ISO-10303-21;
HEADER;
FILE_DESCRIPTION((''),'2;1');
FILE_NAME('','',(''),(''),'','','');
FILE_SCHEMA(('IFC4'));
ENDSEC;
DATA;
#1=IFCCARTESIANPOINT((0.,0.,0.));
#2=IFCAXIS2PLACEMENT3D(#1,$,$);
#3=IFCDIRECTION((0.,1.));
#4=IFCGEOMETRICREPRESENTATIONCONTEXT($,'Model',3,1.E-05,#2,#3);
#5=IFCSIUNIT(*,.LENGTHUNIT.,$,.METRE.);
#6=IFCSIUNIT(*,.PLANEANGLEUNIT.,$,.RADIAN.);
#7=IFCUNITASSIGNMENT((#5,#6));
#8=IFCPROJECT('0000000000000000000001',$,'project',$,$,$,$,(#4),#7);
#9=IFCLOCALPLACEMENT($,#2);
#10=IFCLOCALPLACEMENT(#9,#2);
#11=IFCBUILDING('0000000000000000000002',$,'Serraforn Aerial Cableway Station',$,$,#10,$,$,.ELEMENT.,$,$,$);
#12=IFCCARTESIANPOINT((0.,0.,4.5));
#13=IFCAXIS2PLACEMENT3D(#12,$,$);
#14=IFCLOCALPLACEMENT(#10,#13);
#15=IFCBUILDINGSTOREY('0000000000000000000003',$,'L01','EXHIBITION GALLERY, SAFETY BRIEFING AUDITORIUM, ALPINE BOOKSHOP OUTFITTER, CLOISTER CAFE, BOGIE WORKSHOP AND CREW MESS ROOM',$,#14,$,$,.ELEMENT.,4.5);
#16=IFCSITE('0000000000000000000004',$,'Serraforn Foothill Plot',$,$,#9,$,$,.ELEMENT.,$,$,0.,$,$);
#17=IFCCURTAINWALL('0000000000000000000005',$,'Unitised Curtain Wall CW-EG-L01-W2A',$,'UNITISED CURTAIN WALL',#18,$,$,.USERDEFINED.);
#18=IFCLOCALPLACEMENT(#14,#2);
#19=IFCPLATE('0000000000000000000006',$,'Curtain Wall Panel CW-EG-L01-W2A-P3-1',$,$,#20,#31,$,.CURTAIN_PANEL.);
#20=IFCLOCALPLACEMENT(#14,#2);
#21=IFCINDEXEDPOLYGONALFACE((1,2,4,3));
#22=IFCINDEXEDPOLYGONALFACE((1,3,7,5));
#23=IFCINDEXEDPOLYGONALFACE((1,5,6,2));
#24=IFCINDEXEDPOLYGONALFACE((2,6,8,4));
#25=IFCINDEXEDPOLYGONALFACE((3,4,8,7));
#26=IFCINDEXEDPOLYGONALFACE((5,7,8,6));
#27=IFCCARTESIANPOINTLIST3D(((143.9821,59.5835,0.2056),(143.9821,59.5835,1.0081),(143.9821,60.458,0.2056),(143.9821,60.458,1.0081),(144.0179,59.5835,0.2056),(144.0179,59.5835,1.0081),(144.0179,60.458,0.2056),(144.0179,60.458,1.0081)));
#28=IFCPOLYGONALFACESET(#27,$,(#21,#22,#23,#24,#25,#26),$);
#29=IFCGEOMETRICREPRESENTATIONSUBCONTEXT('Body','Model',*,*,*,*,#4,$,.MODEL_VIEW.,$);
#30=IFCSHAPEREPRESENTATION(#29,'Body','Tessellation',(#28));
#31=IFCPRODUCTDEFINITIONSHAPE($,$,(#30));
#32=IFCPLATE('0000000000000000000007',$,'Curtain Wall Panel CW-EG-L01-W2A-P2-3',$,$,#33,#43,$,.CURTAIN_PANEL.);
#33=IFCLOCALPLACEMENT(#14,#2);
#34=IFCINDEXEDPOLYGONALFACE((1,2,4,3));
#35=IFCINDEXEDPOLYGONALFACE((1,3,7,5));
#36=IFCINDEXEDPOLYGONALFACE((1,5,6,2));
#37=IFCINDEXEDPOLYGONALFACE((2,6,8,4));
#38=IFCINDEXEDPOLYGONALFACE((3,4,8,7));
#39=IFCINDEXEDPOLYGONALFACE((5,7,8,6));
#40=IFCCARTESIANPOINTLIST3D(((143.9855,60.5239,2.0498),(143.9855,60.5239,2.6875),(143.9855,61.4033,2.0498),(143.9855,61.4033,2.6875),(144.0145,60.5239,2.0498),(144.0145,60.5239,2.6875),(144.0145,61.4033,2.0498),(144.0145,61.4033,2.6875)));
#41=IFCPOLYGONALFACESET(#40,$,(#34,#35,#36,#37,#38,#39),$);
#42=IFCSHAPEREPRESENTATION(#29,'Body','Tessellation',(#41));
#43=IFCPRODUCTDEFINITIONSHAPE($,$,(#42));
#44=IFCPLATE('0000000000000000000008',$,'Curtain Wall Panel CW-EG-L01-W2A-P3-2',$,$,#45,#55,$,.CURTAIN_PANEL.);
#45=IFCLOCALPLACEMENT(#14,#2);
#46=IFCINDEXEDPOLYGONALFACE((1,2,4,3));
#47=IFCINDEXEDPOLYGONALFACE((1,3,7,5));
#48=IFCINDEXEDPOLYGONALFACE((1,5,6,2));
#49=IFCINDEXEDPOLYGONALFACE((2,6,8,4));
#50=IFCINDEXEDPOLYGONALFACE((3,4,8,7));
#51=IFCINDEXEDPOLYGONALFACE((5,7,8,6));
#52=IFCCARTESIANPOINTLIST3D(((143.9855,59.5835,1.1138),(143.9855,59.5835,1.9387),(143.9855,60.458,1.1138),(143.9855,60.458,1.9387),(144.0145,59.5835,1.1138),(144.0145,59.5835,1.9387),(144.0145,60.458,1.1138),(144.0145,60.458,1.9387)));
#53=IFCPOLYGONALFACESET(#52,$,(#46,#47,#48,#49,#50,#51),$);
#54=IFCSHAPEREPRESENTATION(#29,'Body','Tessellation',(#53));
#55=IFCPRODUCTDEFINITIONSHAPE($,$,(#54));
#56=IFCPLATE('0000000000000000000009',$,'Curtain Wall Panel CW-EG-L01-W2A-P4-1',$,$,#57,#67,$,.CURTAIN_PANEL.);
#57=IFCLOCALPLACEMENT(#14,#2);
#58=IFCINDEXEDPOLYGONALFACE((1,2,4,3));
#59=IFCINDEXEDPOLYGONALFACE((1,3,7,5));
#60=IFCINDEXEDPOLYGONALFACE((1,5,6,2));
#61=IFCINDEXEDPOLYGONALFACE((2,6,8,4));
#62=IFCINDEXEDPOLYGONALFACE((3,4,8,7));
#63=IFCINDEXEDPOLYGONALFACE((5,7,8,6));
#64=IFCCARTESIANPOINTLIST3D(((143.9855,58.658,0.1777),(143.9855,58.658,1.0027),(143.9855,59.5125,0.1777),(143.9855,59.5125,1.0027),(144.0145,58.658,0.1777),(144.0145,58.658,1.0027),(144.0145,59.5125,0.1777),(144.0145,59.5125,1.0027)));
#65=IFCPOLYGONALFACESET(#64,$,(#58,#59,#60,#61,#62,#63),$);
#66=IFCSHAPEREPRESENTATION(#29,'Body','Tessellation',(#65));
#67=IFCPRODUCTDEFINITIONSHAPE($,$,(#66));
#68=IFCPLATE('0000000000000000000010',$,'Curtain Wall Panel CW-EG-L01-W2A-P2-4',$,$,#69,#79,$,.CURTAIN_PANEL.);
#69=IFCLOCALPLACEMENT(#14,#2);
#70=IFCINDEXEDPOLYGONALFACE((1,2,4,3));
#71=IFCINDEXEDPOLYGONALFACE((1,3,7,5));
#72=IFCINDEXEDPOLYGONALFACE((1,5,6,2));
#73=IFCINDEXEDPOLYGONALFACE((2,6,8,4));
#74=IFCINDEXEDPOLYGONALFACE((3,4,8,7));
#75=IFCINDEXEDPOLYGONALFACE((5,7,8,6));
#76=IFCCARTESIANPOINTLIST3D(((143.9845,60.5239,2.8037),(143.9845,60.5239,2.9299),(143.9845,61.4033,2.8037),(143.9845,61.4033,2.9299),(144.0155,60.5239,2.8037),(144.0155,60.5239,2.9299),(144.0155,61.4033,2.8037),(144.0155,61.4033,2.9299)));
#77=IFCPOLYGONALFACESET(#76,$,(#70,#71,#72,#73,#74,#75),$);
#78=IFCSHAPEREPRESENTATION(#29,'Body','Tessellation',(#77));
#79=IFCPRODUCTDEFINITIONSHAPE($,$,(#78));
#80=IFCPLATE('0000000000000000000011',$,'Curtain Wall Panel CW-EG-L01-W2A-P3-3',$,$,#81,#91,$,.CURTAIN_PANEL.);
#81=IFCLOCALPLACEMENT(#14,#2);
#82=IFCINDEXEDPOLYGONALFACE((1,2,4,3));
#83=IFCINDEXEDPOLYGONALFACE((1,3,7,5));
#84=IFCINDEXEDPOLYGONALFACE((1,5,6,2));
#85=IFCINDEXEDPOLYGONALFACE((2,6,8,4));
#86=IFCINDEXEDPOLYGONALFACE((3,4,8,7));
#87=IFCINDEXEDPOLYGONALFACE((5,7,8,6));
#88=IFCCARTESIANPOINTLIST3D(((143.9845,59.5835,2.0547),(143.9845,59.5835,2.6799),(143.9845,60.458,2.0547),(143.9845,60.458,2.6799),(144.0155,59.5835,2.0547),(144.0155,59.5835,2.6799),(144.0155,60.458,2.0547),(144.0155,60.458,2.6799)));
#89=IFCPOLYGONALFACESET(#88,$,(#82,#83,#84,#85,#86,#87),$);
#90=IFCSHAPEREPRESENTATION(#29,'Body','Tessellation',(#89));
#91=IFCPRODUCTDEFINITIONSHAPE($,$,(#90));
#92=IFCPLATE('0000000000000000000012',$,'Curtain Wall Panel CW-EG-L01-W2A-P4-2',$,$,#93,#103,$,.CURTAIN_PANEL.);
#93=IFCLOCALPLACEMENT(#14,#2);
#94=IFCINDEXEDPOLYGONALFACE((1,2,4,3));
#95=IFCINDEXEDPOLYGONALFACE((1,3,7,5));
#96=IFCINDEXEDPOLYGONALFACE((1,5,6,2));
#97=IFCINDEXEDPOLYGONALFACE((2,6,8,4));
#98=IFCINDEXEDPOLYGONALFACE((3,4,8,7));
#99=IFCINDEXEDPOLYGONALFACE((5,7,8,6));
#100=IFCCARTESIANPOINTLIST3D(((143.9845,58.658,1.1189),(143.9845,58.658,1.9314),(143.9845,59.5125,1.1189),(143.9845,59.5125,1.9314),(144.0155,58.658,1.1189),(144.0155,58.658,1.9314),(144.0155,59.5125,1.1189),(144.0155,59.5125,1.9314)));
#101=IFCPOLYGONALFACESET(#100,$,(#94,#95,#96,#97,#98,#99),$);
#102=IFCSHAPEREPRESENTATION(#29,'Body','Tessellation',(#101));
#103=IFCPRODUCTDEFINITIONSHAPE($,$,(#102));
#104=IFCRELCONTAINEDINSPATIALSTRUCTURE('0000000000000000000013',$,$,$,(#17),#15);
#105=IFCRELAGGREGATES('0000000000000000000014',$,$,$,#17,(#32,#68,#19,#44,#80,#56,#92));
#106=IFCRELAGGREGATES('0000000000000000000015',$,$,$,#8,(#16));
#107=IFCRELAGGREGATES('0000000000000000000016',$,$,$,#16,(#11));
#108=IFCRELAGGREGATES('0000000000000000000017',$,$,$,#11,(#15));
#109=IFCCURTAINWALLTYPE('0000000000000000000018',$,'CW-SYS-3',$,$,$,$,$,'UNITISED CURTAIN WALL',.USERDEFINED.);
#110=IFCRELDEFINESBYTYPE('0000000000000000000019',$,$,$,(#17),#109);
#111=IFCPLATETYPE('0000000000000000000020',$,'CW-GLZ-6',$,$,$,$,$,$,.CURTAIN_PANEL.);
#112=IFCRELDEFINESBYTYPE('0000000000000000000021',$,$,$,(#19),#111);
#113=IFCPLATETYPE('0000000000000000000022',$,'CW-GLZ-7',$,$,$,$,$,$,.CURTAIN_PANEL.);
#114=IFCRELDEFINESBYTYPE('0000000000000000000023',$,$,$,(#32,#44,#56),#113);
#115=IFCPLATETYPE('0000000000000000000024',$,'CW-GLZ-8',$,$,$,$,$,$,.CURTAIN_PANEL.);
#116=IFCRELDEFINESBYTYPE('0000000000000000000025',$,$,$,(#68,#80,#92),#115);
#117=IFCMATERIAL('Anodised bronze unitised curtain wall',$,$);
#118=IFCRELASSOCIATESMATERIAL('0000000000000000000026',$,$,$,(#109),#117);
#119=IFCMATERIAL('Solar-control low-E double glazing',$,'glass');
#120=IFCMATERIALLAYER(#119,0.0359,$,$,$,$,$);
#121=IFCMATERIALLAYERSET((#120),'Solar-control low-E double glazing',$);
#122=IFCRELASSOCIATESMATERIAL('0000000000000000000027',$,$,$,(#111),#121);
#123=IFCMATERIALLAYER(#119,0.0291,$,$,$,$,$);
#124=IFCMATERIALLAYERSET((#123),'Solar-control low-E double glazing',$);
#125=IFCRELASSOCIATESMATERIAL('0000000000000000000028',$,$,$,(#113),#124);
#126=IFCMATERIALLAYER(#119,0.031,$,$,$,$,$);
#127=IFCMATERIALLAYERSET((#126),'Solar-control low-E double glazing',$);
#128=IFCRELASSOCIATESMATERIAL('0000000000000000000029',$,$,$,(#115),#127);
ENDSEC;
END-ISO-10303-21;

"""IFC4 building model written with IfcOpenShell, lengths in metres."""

from ifc_helpers import new_model, si_unit, direction, frame, origin, origin_2d, place, context, subcontext, project, spatial, rectangle, extrude, material, layer, layer_set, type_object, element, aggregate, save


model = new_model("IFC4")

# Units and contexts
model_context = context("Model", 3, precision=1e-05, world=origin(), true_north=direction((0.0, 1.0)))
body_context = subcontext(model_context, "Body", "Model", "MODEL_VIEW")
ifc_project = project(units=[si_unit("LENGTHUNIT", "METRE"), si_unit("PLANEANGLEUNIT", "RADIAN")], contexts=[model_context])

# Site, building, storey
site_placement = place(None, origin())
site = spatial("IfcSite", under=ifc_project, at=site_placement, Name="Serraforn Foothill Plot", CompositionType="ELEMENT", RefElevation=0.0)
building_placement = place(site_placement, origin())
building = spatial("IfcBuilding", under=site, at=building_placement, Name="Serraforn Aerial Cableway Station", CompositionType="ELEMENT")
storey_placement = place(building_placement, frame((0.0, 0.0, 4.5)))
storey = spatial("IfcBuildingStorey", under=building, at=storey_placement, Name="L01", Description="EXHIBITION GALLERY, SAFETY BRIEFING AUDITORIUM, ALPINE BOOKSHOP OUTFITTER, CLOISTER CAFE, BOGIE WORKSHOP AND CREW MESS ROOM", CompositionType="ELEMENT", Elevation=4.5)

# Curtain wall, plates
ifc_material_1 = material(Name="Anodised bronze unitised curtain wall")
curtain_wall_type = type_object("IfcCurtainWallType", Name="CW-SYS-3", ElementType="UNITISED CURTAIN WALL", PredefinedType="USERDEFINED", material=ifc_material_1)
curtain_wall_placement = place(storey_placement, origin())
curtain_wall = element("IfcCurtainWall", 1, at=curtain_wall_placement, inside=storey, type_object=curtain_wall_type, Name="Unitised Curtain Wall CW-EG-L01-W2A", ObjectType="UNITISED CURTAIN WALL", PredefinedType="USERDEFINED")
ifc_material_2 = material(Name="Solar-control low-E double glazing", Category="glass")
ifc_layer_1 = layer(ifc_material_2, 0.0359)
ifc_layer_set_1 = layer_set([ifc_layer_1], Name="Solar-control low-E double glazing")
plate_type_1 = type_object("IfcPlateType", Name="CW-GLZ-6", PredefinedType="CURTAIN_PANEL", material=ifc_layer_set_1)
plate_1_placement = place(storey_placement, frame((144.0, 60.0208, 0.2056), z_axis=(0.0, 0.0, 1.0), x_axis=(1.0, 0.0, 0.0)))
plate_1 = element("IfcPlate", 2, at=plate_1_placement, type_object=plate_type_1, Name="Curtain Wall Panel CW-EG-L01-W2A-P3-1", PredefinedType="CURTAIN_PANEL", context=body_context, shape_type="SweptSolid", body=[
    extrude(rectangle(XDim=0.0359, YDim=0.8745, at=origin_2d()), origin(), (0.0, 0.0, 1.0), 0.8025),
])
ifc_layer_2 = layer(ifc_material_2, 0.0291)
ifc_layer_set_2 = layer_set([ifc_layer_2], Name="Solar-control low-E double glazing")
plate_type_2 = type_object("IfcPlateType", Name="CW-GLZ-7", PredefinedType="CURTAIN_PANEL", material=ifc_layer_set_2)
plate_2_placement = place(storey_placement, frame((144.0, 60.9636, 2.0498), z_axis=(0.0, 0.0, 1.0), x_axis=(1.0, 0.0, 0.0)))
plate_2 = element("IfcPlate", 3, at=plate_2_placement, type_object=plate_type_2, Name="Curtain Wall Panel CW-EG-L01-W2A-P2-3", PredefinedType="CURTAIN_PANEL", context=body_context, shape_type="SweptSolid", body=[
    extrude(rectangle(XDim=0.0291, YDim=0.8794, at=origin_2d()), origin(), (0.0, 0.0, 1.0), 0.6377),
])
plate_3_placement = place(storey_placement, frame((144.0, 60.0208, 1.1138), z_axis=(0.0, 0.0, 1.0), x_axis=(1.0, 0.0, 0.0)))
plate_3 = element("IfcPlate", 4, at=plate_3_placement, type_object=plate_type_2, Name="Curtain Wall Panel CW-EG-L01-W2A-P3-2", PredefinedType="CURTAIN_PANEL", context=body_context, shape_type="SweptSolid", body=[
    extrude(rectangle(XDim=0.0291, YDim=0.8745, at=origin_2d()), origin(), (0.0, 0.0, 1.0), 0.825),
])
plate_4_placement = place(storey_placement, frame((144.0, 59.0852, 0.1777), z_axis=(0.0, 0.0, 1.0), x_axis=(1.0, 0.0, 0.0)))
plate_4 = element("IfcPlate", 5, at=plate_4_placement, type_object=plate_type_2, Name="Curtain Wall Panel CW-EG-L01-W2A-P4-1", PredefinedType="CURTAIN_PANEL", context=body_context, shape_type="SweptSolid", body=[
    extrude(rectangle(XDim=0.0291, YDim=0.8545, at=origin_2d()), origin(), (0.0, 0.0, 1.0), 0.825),
])
ifc_layer_3 = layer(ifc_material_2, 0.031)
ifc_layer_set_3 = layer_set([ifc_layer_3], Name="Solar-control low-E double glazing")
plate_type_3 = type_object("IfcPlateType", Name="CW-GLZ-8", PredefinedType="CURTAIN_PANEL", material=ifc_layer_set_3)
plate_5_placement = place(storey_placement, frame((144.0, 60.9636, 2.8037), z_axis=(0.0, 0.0, 1.0), x_axis=(1.0, 0.0, 0.0)))
plate_5 = element("IfcPlate", 6, at=plate_5_placement, type_object=plate_type_3, Name="Curtain Wall Panel CW-EG-L01-W2A-P2-4", PredefinedType="CURTAIN_PANEL", context=body_context, shape_type="SweptSolid", body=[
    extrude(rectangle(XDim=0.031, YDim=0.8794, at=origin_2d()), origin(), (0.0, 0.0, 1.0), 0.1262),
])
plate_6_placement = place(storey_placement, frame((144.0, 60.0208, 2.0547), z_axis=(0.0, 0.0, 1.0), x_axis=(1.0, 0.0, 0.0)))
plate_6 = element("IfcPlate", 7, at=plate_6_placement, type_object=plate_type_3, Name="Curtain Wall Panel CW-EG-L01-W2A-P3-3", PredefinedType="CURTAIN_PANEL", context=body_context, shape_type="SweptSolid", body=[
    extrude(rectangle(XDim=0.031, YDim=0.8745, at=origin_2d()), origin(), (0.0, 0.0, 1.0), 0.6252),
])
plate_7_placement = place(storey_placement, frame((144.0, 59.0852, 1.1189), z_axis=(0.0, 0.0, 1.0), x_axis=(1.0, 0.0, 0.0)))
plate_7 = element("IfcPlate", 8, at=plate_7_placement, type_object=plate_type_3, Name="Curtain Wall Panel CW-EG-L01-W2A-P4-2", PredefinedType="CURTAIN_PANEL", context=body_context, shape_type="SweptSolid", body=[
    extrude(rectangle(XDim=0.031, YDim=0.8545, at=origin_2d()), origin(), (0.0, 0.0, 1.0), 0.8125),
])
aggregate(curtain_wall, [plate_2, plate_5, plate_1, plate_3, plate_6, plate_4, plate_7])

save(model, "model.ifc")
